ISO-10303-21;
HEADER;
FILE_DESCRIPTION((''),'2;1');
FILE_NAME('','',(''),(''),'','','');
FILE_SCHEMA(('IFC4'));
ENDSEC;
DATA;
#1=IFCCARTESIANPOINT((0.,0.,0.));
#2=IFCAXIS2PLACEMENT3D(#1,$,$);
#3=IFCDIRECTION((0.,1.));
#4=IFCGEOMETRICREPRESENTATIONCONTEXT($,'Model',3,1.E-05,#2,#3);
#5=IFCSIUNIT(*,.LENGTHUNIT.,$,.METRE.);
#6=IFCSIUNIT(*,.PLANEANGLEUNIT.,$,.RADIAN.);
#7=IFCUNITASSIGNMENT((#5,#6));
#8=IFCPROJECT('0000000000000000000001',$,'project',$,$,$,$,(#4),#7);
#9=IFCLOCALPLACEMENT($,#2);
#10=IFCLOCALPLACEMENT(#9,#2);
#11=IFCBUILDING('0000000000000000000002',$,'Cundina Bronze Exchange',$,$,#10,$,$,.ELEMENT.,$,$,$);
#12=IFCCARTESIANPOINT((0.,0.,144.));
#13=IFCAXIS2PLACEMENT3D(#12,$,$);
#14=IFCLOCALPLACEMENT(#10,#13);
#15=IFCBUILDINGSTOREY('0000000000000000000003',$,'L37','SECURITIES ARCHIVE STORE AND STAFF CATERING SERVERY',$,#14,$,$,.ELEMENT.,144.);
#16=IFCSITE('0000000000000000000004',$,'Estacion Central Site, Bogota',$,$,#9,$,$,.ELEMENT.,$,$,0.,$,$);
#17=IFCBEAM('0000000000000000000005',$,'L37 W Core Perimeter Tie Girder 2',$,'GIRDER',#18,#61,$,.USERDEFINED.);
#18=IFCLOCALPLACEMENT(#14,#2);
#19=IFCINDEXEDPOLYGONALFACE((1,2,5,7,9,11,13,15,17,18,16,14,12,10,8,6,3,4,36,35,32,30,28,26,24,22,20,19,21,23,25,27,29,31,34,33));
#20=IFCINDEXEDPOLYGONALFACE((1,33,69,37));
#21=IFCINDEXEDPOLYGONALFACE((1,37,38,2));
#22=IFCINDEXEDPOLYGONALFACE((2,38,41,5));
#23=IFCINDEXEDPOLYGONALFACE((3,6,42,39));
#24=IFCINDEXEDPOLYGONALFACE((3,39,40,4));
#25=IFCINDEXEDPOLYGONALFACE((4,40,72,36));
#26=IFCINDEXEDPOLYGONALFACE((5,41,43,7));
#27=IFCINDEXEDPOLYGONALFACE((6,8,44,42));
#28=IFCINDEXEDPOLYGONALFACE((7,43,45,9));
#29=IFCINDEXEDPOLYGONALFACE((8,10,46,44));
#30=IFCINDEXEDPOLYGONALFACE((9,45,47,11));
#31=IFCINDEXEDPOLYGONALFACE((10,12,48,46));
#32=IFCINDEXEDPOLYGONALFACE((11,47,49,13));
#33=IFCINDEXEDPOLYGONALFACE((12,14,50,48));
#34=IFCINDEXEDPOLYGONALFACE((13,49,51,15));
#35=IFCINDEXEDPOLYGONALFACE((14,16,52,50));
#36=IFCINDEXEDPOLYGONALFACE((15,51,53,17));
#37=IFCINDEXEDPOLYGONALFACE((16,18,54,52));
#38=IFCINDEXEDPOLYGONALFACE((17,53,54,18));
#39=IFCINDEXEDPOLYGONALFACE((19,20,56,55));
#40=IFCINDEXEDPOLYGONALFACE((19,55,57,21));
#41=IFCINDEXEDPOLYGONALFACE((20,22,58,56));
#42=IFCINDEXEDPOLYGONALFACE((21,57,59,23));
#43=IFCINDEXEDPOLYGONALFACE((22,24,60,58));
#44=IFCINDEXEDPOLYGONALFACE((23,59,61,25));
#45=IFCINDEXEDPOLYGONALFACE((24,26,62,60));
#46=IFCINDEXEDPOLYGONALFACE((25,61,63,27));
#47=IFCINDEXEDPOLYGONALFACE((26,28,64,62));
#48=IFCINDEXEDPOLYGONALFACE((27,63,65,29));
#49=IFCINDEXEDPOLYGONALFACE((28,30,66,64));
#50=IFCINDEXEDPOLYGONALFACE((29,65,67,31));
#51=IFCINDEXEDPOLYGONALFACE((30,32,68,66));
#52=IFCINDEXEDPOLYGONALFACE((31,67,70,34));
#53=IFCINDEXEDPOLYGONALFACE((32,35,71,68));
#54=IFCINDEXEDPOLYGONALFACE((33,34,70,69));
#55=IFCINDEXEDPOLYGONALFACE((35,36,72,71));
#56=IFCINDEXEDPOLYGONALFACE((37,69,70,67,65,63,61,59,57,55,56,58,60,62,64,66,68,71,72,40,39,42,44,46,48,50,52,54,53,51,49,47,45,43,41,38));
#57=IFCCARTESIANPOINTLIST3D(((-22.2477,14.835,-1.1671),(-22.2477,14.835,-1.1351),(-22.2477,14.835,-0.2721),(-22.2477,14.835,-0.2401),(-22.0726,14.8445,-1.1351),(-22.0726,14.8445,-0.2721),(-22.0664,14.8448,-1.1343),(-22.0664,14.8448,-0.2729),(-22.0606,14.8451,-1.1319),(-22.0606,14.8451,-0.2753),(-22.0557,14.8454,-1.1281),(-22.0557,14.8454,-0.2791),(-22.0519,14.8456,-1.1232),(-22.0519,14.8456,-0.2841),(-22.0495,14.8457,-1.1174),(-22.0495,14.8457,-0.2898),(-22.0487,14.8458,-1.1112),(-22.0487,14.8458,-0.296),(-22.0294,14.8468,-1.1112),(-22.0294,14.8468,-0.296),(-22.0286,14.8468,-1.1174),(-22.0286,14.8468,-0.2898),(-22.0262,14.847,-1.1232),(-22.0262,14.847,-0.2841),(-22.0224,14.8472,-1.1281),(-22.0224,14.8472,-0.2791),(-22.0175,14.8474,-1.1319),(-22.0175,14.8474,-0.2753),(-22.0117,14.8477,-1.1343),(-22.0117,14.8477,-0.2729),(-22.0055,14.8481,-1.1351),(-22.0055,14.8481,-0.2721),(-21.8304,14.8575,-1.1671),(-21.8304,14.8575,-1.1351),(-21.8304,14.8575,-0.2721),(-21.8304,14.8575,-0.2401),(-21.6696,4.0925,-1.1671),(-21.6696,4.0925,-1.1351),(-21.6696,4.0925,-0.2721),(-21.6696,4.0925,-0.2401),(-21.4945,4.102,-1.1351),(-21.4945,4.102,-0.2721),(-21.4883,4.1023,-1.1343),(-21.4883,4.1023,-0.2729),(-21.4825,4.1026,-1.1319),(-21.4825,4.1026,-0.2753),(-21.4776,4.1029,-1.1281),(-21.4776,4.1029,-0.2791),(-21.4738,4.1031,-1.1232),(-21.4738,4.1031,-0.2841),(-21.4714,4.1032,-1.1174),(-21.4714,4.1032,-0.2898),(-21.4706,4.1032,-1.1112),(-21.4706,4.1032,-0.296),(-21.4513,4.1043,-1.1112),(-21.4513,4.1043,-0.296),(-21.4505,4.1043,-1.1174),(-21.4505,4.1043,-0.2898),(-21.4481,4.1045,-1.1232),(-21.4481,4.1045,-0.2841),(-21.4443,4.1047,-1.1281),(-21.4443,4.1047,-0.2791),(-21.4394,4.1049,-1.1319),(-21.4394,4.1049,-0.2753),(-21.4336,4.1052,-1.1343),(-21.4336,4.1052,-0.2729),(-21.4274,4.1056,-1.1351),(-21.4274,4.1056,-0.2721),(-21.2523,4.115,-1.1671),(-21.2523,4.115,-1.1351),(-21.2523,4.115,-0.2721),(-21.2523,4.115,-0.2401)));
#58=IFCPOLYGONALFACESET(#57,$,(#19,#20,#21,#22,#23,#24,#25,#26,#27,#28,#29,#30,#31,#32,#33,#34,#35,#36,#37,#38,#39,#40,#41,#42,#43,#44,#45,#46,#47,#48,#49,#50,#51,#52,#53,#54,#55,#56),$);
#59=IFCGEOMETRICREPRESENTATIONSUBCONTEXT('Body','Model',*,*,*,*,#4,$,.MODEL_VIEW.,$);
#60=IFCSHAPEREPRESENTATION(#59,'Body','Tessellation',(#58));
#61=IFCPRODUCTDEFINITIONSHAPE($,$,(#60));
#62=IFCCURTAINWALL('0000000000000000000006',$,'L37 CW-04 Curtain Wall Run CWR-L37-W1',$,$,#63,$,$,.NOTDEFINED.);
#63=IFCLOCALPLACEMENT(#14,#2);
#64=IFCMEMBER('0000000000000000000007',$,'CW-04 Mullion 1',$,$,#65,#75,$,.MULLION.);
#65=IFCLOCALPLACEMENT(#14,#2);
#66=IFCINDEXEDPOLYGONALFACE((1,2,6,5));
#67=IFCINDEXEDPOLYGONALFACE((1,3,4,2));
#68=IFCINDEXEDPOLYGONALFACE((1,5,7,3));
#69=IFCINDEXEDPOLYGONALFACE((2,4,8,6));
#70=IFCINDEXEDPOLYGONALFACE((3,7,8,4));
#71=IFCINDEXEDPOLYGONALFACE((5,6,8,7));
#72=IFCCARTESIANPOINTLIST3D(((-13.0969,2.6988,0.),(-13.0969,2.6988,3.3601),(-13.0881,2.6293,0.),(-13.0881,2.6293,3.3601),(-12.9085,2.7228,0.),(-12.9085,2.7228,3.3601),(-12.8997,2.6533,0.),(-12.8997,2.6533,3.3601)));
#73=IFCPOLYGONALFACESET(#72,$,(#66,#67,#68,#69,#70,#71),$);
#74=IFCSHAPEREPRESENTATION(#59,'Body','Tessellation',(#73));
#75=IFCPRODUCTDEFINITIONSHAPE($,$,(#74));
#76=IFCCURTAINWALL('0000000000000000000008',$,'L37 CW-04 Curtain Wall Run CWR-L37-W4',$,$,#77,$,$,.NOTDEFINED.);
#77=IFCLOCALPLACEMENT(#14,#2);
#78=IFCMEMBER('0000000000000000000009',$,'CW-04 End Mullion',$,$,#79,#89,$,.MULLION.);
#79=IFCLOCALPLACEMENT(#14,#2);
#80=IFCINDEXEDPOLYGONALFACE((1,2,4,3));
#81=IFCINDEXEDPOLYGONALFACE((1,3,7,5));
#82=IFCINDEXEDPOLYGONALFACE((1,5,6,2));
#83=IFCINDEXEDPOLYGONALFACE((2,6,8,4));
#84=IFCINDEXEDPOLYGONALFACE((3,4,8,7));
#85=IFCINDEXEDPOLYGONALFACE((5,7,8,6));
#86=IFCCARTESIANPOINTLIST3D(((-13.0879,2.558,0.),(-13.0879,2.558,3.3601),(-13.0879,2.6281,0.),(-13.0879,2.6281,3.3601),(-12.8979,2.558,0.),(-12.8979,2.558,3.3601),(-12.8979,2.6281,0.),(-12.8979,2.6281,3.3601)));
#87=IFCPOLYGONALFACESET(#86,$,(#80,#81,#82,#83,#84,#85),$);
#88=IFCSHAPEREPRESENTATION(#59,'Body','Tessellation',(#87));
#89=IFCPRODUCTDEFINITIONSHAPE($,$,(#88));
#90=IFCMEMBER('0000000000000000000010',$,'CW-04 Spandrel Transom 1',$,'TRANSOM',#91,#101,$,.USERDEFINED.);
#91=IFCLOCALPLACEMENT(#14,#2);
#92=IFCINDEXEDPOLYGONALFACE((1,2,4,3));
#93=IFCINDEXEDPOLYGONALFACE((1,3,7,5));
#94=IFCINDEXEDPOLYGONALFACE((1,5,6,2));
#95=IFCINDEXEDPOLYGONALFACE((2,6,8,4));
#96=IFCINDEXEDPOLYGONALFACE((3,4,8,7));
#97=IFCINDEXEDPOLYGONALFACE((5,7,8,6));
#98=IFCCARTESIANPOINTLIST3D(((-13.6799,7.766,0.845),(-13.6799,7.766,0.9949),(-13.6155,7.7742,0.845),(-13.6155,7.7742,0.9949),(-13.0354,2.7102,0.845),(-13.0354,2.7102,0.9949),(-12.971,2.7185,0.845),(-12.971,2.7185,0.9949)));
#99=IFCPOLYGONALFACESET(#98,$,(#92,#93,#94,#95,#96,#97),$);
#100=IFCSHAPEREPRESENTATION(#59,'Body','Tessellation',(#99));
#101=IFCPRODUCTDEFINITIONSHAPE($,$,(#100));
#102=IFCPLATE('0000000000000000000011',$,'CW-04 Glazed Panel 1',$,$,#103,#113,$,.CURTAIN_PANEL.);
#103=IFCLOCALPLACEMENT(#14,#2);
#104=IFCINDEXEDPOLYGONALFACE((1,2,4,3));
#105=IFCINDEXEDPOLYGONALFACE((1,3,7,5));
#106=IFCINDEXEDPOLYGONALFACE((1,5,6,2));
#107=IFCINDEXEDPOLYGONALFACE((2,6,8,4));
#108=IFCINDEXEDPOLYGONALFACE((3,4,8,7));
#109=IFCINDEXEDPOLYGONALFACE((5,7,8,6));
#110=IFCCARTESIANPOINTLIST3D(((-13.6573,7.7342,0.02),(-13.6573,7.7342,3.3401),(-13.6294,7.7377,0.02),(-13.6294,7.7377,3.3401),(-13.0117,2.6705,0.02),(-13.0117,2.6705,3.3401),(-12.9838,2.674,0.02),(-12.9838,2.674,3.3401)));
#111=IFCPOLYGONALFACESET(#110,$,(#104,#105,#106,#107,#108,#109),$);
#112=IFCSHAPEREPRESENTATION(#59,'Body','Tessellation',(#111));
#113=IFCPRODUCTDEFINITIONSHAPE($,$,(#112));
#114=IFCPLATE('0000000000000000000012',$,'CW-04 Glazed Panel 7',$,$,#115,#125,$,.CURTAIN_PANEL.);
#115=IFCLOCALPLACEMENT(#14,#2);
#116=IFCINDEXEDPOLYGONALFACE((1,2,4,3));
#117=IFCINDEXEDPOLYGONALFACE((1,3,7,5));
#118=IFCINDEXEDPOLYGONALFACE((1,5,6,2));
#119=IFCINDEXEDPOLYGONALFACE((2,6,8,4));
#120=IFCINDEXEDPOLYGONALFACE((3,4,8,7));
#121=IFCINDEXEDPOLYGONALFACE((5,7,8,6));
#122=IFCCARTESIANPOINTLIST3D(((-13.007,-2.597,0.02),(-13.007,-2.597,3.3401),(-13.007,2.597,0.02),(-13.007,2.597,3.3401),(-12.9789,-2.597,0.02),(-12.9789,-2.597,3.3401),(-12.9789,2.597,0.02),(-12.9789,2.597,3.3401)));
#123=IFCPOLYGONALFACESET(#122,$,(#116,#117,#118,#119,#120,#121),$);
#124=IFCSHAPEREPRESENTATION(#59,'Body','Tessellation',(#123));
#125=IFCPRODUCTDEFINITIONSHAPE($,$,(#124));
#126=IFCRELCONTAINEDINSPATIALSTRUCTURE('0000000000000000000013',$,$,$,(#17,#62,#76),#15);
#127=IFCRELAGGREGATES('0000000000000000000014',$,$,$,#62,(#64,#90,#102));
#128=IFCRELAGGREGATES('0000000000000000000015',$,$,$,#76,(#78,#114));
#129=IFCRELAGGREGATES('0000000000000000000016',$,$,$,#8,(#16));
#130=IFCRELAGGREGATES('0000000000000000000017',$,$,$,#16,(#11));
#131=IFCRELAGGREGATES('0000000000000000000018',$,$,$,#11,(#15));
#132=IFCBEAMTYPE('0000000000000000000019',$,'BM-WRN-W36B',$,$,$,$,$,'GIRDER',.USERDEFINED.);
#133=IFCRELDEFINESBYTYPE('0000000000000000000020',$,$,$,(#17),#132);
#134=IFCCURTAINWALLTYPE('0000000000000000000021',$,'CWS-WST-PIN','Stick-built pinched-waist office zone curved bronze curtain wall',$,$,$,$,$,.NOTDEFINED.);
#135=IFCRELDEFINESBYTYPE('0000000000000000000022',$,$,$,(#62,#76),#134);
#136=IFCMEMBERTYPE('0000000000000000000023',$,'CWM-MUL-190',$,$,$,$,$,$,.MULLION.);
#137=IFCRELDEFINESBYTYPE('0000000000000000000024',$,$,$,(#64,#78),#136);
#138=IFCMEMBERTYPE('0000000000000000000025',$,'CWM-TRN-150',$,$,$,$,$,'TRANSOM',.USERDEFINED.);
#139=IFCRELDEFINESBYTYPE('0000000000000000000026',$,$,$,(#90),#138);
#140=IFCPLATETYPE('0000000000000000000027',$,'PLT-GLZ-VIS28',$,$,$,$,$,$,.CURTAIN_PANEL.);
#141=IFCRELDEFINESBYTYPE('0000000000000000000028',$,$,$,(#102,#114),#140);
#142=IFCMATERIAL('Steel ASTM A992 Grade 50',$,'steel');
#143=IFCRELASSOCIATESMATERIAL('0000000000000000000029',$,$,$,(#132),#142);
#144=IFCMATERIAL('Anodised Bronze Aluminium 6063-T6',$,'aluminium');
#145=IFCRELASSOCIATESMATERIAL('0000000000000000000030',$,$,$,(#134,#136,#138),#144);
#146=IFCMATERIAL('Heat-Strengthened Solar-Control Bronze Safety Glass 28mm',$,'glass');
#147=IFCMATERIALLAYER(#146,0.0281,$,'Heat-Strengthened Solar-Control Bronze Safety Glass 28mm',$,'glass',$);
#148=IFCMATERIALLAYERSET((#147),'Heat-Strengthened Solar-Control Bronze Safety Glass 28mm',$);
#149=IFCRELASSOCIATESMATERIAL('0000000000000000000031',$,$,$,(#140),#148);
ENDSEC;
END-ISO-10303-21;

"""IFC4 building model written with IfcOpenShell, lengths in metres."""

from ifc_helpers import new_model, si_unit, direction, frame, origin, origin_2d, place, context, subcontext, project, spatial, rectangle, i_section, extrude, material, layer, layer_set, material_profile, profile_set, type_object, element, aggregate, save


model = new_model("IFC4")

# Units and contexts
model_context = context("Model", 3, precision=1e-05, world=origin(), true_north=direction((0.0, 1.0)))
body_context = subcontext(model_context, "Body", "Model", "MODEL_VIEW")
ifc_project = project(units=[si_unit("LENGTHUNIT", "METRE"), si_unit("PLANEANGLEUNIT", "RADIAN")], contexts=[model_context])

# Site, building, storey
site_placement = place(None, origin())
site = spatial("IfcSite", under=ifc_project, at=site_placement, Name="Estacion Central Site, Bogota", CompositionType="ELEMENT", RefElevation=0.0)
building_placement = place(site_placement, origin())
building = spatial("IfcBuilding", under=site, at=building_placement, Name="Cundina Bronze Exchange", CompositionType="ELEMENT")
storey_placement = place(building_placement, frame((0.0, 0.0, 144.0)))
storey = spatial("IfcBuildingStorey", under=building, at=storey_placement, Name="L37", Description="SECURITIES ARCHIVE STORE AND STAFF CATERING SERVERY", CompositionType="ELEMENT", Elevation=144.0)

# Shared definitions
ifc_material_1 = material(Name="Steel ASTM A992 Grade 50", Category="steel")

# Beam
ifc_material_profile_1 = material_profile(ifc_material_1, i_section(OverallWidth=0.418, OverallDepth=0.927, WebThickness=0.0193, FlangeThickness=0.032, FilletRadius=0.0239, at=origin_2d()), Name="W36X231", Category="steel")
ifc_profile_set_1 = profile_set([ifc_material_profile_1], Name="Steel ASTM A992 Grade 50")
beam_type_1 = type_object("IfcBeamType", Name="BM-WRN-W36B", ElementType="GIRDER", PredefinedType="USERDEFINED", material=ifc_profile_set_1)
beam_1_placement = place(storey_placement, frame((-21.4609, 4.1038, -0.7036), z_axis=(-0.053739, 0.998555, 0.0), x_axis=(-0.998555, -0.053739, 0.0)))
element("IfcBeam", 1, at=beam_1_placement, inside=storey, type_object=beam_type_1, Name="L37 W Core Perimeter Tie Girder 2", ObjectType="GIRDER", PredefinedType="USERDEFINED", context=body_context, shape_type="SweptSolid", body=[
    extrude(i_section(OverallWidth=0.418, OverallDepth=0.927, WebThickness=0.0193, FlangeThickness=0.032, FilletRadius=0.0239, at=origin_2d()), origin(), (0.0, 0.0, 1.0), 10.7581),
])

# Curtain walls, members
ifc_material_2 = material(Name="Anodised Bronze Aluminium 6063-T6", Category="aluminium")
curtain_wall_type = type_object("IfcCurtainWallType", Name="CWS-WST-PIN", Description="Stick-built pinched-waist office zone curved bronze curtain wall", PredefinedType="NOTDEFINED", material=ifc_material_2)
curtain_wall_1_placement = place(storey_placement, origin())
curtain_wall_1 = element("IfcCurtainWall", 2, at=curtain_wall_1_placement, inside=storey, type_object=curtain_wall_type, Name="L37 CW-04 Curtain Wall Run CWR-L37-W1", PredefinedType="NOTDEFINED")
ifc_material_profile_2 = material_profile(ifc_material_2, rectangle(XDim=0.0701, YDim=0.1899, at=origin_2d()), Name="AL70X190", Category="aluminium")
ifc_profile_set_2 = profile_set([ifc_material_profile_2], Name="Anodised Bronze Aluminium 6063-T6")
member_type_1 = type_object("IfcMemberType", Name="CWM-MUL-190", PredefinedType="MULLION", material=ifc_profile_set_2)
member_1_placement = place(storey_placement, frame((-12.9983, 2.676, 0.0), z_axis=(0.0, 0.0, 1.0), x_axis=(-0.126545, 0.991961, 0.0)))
member_1 = element("IfcMember", 3, at=member_1_placement, type_object=member_type_1, Name="CW-04 Mullion 1", PredefinedType="MULLION", context=body_context, shape_type="SweptSolid", body=[
    extrude(rectangle(XDim=0.0701, YDim=0.1899, at=origin_2d()), origin(), (0.0, 0.0, 1.0), 3.3601),
])
curtain_wall_2_placement = place(storey_placement, origin())
curtain_wall_2 = element("IfcCurtainWall", 4, at=curtain_wall_2_placement, inside=storey, type_object=curtain_wall_type, Name="L37 CW-04 Curtain Wall Run CWR-L37-W4", PredefinedType="NOTDEFINED")
member_2_placement = place(storey_placement, frame((-12.9929, 2.593, 0.0), z_axis=(0.0, 0.0, 1.0), x_axis=(0.0, 1.0, 0.0)))
member_2 = element("IfcMember", 5, at=member_2_placement, type_object=member_type_1, Name="CW-04 End Mullion", PredefinedType="MULLION", context=body_context, shape_type="SweptSolid", body=[
    extrude(rectangle(XDim=0.0701, YDim=0.1899, at=origin_2d()), origin(), (0.0, 0.0, 1.0), 3.3601),
])

# Member
ifc_material_profile_3 = material_profile(ifc_material_2, rectangle(XDim=0.0649, YDim=0.1499, at=origin_2d()), Name="AL65X150", Category="aluminium")
ifc_profile_set_3 = profile_set([ifc_material_profile_3], Name="Anodised Bronze Aluminium 6063-T6")
member_type_2 = type_object("IfcMemberType", Name="CWM-TRN-150", ElementType="TRANSOM", PredefinedType="USERDEFINED", material=ifc_profile_set_3)
member_3_placement = place(storey_placement, frame((-13.0032, 2.7144, 0.9199), z_axis=(-0.126463, 0.991971, 0.0), x_axis=(-0.991971, -0.126463, 0.0)))
member_3 = element("IfcMember", 6, at=member_3_placement, type_object=member_type_2, Name="CW-04 Spandrel Transom 1", ObjectType="TRANSOM", PredefinedType="USERDEFINED", context=body_context, shape_type="SweptSolid", body=[
    extrude(rectangle(XDim=0.0649, YDim=0.1499, at=origin_2d()), origin(), (0.0, 0.0, 1.0), 5.0967),
])

# Plates
ifc_material_3 = material(Name="Heat-Strengthened Solar-Control Bronze Safety Glass 28mm", Category="glass")
ifc_layer_1 = layer(ifc_material_3, 0.0281, Name="Heat-Strengthened Solar-Control Bronze Safety Glass 28mm", Category="glass")
ifc_layer_set_1 = layer_set([ifc_layer_1], Name="Heat-Strengthened Solar-Control Bronze Safety Glass 28mm")
plate_type = type_object("IfcPlateType", Name="PLT-GLZ-VIS28", PredefinedType="CURTAIN_PANEL", material=ifc_layer_set_1)
plate_1_placement = place(storey_placement, frame((-13.3206, 5.2041, 0.02), z_axis=(0.0, 0.0, 1.0), x_axis=(-0.126476, 0.99197, 0.0)))
plate_1 = element("IfcPlate", 7, at=plate_1_placement, type_object=plate_type, Name="CW-04 Glazed Panel 1", PredefinedType="CURTAIN_PANEL", context=body_context, shape_type="SweptSolid", body=[
    extrude(rectangle(XDim=5.1047, YDim=0.0281, at=origin_2d()), origin(), (0.0, 0.0, 1.0), 3.3201),
])
aggregate(curtain_wall_1, [member_1, member_3, plate_1])
plate_2_placement = place(storey_placement, frame((-12.9929, 0.0, 0.02), z_axis=(0.0, 0.0, 1.0), x_axis=(0.0, 1.0, 0.0)))
plate_2 = element("IfcPlate", 8, at=plate_2_placement, type_object=plate_type, Name="CW-04 Glazed Panel 7", PredefinedType="CURTAIN_PANEL", context=body_context, shape_type="SweptSolid", body=[
    extrude(rectangle(XDim=5.1941, YDim=0.0281, at=origin_2d()), origin(), (0.0, 0.0, 1.0), 3.3201),
])
aggregate(curtain_wall_2, [member_2, plate_2])

save(model, "model.ifc")
